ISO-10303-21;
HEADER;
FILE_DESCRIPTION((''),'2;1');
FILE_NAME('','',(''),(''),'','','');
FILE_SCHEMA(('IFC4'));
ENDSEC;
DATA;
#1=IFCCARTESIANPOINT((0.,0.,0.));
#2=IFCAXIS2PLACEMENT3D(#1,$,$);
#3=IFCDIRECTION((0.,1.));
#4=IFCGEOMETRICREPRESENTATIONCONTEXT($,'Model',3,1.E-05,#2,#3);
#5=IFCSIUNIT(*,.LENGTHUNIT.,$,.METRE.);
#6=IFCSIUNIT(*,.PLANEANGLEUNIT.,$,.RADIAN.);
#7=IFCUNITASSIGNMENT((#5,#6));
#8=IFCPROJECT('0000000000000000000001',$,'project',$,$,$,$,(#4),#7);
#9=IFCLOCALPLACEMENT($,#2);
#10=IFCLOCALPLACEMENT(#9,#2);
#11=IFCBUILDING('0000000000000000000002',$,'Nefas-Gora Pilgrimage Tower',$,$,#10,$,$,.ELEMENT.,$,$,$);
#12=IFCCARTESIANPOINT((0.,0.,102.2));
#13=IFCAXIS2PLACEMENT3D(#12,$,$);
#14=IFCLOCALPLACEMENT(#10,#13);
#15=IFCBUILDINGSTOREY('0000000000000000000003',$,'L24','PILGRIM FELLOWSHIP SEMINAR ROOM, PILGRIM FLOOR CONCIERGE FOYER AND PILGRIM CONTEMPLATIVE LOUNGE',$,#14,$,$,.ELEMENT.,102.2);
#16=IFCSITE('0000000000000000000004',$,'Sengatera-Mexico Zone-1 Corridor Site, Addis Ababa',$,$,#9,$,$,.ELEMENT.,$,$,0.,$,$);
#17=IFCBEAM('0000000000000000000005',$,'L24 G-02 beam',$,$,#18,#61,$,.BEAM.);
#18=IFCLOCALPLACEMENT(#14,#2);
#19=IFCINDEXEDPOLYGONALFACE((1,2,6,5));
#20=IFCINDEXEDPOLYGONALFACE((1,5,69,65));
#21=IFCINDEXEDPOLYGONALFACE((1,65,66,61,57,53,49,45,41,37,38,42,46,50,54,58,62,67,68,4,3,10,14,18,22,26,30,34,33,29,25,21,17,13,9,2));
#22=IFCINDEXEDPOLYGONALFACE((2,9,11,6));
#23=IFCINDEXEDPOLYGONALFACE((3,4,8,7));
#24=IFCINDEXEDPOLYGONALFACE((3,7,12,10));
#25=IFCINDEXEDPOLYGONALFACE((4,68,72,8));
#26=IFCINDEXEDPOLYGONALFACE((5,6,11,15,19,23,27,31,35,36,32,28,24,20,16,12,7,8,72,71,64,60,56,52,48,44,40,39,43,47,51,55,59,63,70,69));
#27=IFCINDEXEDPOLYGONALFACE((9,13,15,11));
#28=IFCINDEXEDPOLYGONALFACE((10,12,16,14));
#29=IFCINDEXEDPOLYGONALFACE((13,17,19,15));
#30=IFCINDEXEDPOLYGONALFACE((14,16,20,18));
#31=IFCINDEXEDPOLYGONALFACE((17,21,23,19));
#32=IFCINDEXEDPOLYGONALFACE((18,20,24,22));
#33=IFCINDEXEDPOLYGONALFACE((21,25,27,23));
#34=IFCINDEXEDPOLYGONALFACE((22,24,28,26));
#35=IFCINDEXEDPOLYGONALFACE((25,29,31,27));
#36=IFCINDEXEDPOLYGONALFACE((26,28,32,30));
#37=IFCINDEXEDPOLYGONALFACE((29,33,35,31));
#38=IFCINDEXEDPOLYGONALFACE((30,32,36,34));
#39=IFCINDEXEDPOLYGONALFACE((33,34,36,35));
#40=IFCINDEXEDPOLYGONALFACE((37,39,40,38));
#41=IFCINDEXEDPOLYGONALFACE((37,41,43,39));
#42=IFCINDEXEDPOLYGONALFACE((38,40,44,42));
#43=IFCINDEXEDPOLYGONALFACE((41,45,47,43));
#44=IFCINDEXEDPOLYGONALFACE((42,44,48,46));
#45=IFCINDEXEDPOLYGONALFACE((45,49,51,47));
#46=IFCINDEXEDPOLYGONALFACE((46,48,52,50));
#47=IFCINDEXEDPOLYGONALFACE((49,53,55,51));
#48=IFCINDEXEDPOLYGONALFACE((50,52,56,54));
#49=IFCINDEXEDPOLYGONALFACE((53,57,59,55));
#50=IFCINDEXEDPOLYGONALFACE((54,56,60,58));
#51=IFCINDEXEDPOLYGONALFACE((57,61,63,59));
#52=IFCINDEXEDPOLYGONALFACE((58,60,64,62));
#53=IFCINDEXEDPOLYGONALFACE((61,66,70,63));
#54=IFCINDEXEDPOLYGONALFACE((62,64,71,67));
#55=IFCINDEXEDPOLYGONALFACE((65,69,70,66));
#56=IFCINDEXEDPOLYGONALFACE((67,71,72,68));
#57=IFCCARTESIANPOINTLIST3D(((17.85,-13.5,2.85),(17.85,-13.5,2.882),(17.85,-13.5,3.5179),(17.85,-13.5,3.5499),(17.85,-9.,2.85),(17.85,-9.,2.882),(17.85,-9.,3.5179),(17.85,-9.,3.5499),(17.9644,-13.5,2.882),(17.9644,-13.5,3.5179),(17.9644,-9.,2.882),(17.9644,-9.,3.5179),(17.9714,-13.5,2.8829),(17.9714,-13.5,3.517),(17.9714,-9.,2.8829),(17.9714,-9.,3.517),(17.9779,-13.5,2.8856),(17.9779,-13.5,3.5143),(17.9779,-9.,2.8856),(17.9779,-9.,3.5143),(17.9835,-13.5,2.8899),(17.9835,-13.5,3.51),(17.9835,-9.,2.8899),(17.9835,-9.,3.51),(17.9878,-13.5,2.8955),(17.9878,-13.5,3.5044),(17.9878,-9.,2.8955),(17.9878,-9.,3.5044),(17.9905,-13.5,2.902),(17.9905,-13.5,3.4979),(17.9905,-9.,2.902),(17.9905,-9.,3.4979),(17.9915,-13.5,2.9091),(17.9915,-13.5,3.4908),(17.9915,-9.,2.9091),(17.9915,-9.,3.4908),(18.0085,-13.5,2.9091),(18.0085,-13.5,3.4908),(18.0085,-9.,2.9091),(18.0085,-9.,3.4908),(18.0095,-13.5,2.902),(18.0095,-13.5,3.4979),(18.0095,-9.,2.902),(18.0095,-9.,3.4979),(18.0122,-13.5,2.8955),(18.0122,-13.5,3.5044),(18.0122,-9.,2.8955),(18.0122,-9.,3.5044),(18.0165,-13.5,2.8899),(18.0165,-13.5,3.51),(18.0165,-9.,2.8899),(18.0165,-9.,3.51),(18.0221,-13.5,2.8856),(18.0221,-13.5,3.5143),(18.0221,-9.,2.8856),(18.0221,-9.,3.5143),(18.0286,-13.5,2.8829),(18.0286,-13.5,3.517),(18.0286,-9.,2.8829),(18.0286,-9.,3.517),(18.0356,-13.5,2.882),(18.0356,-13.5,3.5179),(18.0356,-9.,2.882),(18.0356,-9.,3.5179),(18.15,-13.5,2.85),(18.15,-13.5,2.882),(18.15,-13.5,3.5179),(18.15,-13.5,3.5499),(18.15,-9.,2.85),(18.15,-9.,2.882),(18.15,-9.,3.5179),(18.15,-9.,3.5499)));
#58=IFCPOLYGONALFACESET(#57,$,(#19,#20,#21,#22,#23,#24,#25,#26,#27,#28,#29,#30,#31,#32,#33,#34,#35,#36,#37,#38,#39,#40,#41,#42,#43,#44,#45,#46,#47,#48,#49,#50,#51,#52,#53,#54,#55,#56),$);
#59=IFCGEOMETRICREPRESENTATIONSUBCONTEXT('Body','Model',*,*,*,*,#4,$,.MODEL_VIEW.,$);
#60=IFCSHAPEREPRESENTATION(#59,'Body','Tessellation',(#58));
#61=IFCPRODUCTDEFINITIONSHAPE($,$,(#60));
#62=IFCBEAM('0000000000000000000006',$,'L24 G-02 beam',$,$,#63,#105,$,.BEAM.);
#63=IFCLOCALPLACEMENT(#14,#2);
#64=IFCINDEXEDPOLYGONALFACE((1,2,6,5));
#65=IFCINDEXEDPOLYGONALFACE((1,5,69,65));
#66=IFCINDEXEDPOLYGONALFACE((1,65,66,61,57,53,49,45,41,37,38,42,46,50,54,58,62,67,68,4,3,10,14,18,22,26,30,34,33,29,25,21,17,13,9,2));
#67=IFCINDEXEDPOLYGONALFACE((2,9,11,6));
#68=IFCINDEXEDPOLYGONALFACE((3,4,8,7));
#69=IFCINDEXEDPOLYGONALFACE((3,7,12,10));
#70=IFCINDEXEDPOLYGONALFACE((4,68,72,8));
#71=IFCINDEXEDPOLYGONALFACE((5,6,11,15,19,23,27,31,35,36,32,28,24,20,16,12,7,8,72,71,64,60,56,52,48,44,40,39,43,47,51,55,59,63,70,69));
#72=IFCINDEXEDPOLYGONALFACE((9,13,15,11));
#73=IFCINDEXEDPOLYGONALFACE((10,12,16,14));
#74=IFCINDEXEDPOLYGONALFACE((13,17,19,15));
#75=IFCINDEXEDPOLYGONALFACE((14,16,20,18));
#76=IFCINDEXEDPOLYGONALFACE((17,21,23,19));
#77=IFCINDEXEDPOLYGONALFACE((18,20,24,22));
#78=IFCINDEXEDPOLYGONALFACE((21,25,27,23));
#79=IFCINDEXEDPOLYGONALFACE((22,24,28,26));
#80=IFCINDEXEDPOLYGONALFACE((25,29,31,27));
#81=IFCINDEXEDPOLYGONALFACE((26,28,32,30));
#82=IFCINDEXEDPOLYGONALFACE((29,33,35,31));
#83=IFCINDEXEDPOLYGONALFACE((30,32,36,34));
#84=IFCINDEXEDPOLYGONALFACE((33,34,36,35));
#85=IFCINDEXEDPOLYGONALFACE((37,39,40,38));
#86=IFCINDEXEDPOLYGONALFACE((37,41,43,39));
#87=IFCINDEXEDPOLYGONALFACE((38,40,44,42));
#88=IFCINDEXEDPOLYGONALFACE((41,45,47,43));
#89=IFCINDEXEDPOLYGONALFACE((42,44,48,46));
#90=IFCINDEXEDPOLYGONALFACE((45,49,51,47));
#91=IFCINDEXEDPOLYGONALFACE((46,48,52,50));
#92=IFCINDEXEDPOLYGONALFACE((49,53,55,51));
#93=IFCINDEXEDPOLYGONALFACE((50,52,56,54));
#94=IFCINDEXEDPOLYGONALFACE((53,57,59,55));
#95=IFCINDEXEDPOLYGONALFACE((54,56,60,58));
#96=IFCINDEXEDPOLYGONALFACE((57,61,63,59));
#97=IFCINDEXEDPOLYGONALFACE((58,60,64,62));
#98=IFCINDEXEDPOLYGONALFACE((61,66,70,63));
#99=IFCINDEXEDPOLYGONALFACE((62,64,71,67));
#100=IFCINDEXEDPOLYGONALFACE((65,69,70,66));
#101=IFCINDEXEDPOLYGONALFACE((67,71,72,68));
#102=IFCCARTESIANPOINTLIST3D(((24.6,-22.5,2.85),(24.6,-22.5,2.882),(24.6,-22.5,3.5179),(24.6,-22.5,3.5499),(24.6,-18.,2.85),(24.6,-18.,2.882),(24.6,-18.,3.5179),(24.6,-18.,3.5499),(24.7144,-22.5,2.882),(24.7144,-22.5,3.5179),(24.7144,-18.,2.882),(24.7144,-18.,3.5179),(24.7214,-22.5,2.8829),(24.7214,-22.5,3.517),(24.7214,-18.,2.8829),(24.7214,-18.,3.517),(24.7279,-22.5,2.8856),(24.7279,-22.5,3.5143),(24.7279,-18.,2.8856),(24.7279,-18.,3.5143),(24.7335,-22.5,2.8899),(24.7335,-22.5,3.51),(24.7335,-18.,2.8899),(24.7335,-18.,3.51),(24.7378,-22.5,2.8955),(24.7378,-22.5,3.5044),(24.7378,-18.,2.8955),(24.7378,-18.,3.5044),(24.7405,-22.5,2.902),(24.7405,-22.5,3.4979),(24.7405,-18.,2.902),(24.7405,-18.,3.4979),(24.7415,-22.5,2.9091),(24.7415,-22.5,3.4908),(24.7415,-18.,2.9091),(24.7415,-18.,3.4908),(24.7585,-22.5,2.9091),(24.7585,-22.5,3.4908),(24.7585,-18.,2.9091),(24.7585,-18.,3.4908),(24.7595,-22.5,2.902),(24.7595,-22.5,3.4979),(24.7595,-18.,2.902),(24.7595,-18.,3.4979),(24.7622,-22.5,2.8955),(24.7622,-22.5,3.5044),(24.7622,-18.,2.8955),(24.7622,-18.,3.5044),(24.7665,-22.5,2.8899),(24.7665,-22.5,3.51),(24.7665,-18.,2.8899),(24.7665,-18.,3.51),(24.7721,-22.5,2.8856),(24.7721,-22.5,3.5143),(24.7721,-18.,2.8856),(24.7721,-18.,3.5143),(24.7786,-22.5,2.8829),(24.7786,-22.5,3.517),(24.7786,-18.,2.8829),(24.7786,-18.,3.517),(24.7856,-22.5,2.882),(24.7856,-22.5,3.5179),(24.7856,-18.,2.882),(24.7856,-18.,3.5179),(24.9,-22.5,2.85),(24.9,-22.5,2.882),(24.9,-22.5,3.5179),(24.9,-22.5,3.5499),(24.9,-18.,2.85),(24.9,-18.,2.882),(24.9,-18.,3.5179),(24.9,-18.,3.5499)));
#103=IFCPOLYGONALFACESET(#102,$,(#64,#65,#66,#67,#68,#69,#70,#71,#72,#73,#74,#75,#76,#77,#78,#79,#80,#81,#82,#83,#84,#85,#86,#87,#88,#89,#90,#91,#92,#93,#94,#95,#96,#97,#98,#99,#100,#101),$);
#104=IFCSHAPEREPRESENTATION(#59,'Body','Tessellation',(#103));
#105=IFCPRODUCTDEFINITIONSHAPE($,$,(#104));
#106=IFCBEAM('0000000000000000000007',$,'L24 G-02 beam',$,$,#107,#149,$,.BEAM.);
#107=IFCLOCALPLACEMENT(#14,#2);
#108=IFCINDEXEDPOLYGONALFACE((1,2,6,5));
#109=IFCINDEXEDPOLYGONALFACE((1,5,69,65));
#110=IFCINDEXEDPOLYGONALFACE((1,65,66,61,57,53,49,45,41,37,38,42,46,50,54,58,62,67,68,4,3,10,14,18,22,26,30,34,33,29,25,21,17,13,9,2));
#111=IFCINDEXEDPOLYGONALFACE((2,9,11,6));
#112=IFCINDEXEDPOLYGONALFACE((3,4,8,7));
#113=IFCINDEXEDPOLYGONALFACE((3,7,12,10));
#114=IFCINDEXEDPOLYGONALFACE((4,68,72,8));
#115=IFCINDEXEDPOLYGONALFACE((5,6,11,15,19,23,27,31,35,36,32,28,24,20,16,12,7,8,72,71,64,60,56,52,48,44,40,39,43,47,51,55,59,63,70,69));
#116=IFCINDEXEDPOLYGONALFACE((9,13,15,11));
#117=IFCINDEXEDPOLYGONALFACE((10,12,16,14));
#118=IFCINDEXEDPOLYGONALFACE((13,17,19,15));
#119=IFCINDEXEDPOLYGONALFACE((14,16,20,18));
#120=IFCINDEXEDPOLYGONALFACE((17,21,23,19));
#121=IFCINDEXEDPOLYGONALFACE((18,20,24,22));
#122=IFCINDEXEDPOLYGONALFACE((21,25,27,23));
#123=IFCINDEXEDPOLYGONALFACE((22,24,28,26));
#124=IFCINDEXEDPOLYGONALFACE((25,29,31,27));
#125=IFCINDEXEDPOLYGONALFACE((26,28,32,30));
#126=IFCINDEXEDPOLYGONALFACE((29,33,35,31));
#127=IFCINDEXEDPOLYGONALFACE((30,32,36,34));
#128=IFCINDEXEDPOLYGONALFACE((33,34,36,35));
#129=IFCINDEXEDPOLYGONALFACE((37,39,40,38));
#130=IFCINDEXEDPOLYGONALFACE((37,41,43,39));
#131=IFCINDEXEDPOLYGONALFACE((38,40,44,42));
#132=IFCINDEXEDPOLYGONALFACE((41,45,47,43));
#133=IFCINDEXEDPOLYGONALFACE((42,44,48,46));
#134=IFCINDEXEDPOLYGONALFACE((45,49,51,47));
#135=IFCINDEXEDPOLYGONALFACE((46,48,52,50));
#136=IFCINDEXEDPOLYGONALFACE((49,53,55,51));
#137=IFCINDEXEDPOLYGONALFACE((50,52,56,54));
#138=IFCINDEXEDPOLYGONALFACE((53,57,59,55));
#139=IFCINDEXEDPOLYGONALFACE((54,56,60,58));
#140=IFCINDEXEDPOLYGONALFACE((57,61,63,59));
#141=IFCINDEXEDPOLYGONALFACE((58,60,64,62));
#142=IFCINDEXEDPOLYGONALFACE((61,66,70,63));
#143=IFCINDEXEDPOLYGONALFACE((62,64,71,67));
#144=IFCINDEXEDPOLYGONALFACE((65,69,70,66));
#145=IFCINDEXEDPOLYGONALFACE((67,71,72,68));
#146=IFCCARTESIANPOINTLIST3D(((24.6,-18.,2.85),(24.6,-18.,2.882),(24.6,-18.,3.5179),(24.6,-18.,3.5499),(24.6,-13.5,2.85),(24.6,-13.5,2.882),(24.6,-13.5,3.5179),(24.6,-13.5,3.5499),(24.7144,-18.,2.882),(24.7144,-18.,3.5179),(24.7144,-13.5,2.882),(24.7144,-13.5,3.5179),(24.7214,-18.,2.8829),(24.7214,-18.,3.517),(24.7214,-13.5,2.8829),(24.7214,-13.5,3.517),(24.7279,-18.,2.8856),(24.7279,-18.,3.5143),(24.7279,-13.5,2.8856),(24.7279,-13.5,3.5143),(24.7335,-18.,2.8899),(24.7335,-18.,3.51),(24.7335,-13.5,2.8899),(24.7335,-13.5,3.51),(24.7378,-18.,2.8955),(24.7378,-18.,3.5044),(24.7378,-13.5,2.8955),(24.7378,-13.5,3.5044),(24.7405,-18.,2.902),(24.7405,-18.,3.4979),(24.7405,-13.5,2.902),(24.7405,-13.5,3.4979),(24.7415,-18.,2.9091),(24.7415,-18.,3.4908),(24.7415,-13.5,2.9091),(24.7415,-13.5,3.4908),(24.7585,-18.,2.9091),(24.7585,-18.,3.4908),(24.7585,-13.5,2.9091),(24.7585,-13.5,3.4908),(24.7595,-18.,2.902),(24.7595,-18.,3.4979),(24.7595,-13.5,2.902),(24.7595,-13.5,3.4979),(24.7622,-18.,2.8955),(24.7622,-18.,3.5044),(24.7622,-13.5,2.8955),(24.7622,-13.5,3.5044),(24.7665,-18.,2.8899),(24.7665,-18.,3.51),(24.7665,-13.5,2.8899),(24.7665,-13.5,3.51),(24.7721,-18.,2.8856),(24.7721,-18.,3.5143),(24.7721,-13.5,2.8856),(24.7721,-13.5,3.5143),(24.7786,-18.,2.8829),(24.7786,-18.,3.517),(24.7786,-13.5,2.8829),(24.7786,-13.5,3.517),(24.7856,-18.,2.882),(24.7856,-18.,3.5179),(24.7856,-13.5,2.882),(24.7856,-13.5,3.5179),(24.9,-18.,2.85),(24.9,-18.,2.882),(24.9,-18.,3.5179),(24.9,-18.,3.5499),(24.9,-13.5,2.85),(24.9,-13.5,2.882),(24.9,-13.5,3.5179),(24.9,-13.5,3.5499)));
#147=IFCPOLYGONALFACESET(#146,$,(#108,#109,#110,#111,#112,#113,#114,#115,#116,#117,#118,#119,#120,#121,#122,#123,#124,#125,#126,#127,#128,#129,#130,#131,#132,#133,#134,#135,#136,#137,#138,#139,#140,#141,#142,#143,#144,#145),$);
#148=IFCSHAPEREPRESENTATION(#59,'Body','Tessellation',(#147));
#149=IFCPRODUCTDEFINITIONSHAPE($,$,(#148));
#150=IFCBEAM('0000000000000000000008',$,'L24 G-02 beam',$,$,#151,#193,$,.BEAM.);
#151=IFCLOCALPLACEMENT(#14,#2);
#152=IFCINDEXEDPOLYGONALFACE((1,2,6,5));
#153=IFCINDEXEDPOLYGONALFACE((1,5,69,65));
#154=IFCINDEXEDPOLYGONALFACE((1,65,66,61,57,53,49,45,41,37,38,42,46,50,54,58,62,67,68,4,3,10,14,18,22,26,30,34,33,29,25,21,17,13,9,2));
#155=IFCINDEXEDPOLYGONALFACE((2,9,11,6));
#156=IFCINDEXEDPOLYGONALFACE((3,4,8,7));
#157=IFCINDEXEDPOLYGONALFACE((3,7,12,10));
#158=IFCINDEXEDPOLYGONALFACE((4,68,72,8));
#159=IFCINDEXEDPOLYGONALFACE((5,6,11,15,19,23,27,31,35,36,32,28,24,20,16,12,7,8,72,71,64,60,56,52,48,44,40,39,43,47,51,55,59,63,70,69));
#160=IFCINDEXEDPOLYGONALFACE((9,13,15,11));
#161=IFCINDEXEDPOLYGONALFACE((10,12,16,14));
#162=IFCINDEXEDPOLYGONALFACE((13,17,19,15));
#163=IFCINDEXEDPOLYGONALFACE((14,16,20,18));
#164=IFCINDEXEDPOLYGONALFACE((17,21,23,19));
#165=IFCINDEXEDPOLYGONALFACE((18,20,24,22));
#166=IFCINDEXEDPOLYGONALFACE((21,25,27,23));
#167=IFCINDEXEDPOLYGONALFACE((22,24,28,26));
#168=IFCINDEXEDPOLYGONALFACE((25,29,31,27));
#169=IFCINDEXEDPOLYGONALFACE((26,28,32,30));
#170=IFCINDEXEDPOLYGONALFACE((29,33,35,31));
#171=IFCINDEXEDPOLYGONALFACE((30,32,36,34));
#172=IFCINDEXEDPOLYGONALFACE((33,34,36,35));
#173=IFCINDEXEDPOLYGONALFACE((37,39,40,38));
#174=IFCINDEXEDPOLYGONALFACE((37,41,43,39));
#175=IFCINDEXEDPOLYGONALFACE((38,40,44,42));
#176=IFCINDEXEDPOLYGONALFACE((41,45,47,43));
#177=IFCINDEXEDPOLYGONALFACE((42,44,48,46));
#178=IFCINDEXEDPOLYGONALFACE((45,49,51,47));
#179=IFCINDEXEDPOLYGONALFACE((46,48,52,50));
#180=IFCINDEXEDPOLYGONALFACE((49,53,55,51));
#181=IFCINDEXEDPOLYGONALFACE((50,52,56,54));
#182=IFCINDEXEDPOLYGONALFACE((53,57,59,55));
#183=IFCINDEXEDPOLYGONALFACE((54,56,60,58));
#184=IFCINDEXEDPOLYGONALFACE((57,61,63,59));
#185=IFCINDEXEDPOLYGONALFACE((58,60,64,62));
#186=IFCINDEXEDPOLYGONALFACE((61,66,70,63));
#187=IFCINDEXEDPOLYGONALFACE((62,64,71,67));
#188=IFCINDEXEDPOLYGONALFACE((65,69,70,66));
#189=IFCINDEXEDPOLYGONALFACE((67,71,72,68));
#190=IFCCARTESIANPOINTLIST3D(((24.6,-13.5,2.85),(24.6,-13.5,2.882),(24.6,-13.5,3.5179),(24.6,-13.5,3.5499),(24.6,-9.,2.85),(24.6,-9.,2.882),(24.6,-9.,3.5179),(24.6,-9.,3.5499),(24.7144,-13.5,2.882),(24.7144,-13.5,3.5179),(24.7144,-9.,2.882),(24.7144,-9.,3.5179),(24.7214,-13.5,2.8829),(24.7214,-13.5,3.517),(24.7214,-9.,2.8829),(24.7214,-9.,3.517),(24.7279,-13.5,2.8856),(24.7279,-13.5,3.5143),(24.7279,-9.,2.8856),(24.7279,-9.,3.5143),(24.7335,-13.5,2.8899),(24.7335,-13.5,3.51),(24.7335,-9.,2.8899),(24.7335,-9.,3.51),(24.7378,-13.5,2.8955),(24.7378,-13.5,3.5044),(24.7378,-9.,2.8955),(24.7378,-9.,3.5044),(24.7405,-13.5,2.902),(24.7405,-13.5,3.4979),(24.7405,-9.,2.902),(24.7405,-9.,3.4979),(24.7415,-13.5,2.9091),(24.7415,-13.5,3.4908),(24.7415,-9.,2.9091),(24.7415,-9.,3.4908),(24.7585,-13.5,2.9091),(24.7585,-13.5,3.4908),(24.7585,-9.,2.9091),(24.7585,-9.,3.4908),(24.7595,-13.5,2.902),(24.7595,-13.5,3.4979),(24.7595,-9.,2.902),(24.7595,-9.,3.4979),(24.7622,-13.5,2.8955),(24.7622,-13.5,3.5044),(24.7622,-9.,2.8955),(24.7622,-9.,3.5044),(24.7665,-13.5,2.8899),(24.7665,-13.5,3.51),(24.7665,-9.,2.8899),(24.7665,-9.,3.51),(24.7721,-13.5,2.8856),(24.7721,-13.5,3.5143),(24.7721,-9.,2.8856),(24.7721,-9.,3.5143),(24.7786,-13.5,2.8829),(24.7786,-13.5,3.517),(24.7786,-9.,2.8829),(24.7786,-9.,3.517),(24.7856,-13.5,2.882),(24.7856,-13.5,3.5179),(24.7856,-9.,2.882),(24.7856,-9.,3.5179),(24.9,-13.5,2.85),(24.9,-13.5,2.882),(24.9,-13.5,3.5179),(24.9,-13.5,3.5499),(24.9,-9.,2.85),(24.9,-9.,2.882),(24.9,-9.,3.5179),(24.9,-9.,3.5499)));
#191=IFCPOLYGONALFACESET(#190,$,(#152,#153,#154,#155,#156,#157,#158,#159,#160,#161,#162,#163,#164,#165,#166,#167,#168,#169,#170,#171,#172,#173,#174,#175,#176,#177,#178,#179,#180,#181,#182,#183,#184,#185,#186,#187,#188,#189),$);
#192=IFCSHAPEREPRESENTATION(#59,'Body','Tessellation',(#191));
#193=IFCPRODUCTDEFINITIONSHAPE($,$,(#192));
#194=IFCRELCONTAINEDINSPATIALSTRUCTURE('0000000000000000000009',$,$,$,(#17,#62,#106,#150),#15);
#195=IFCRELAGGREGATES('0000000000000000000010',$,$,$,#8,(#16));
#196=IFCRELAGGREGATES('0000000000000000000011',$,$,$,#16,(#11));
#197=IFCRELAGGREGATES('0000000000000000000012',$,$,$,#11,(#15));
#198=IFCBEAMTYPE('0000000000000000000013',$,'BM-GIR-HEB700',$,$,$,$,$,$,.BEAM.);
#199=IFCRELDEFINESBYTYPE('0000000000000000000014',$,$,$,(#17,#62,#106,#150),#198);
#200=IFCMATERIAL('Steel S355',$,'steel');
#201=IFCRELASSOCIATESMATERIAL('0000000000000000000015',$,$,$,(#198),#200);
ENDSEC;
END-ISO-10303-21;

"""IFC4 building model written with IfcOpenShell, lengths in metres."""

from ifc_helpers import new_model, si_unit, direction, frame, origin, origin_2d, place, context, subcontext, project, spatial, i_section, extrude, source, transform, mapped, material, material_profile, profile_set, type_object, element, save


model = new_model("IFC4")

# Units and contexts
model_context = context("Model", 3, precision=1e-05, world=origin(), true_north=direction((0.0, 1.0)))
body_context = subcontext(model_context, "Body", "Model", "MODEL_VIEW")
ifc_project = project(units=[si_unit("LENGTHUNIT", "METRE"), si_unit("PLANEANGLEUNIT", "RADIAN")], contexts=[model_context])

# Site, building, storey
site_placement = place(None, origin())
site = spatial("IfcSite", under=ifc_project, at=site_placement, Name="Sengatera-Mexico Zone-1 Corridor Site, Addis Ababa", CompositionType="ELEMENT", RefElevation=0.0)
building_placement = place(site_placement, origin())
building = spatial("IfcBuilding", under=site, at=building_placement, Name="Nefas-Gora Pilgrimage Tower", CompositionType="ELEMENT")
storey_placement = place(building_placement, frame((0.0, 0.0, 102.2)))
storey = spatial("IfcBuildingStorey", under=building, at=storey_placement, Name="L24", Description="PILGRIM FELLOWSHIP SEMINAR ROOM, PILGRIM FLOOR CONCIERGE FOYER AND PILGRIM CONTEMPLATIVE LOUNGE", CompositionType="ELEMENT", Elevation=102.2)

# Beams
ifc_material_1 = material(Name="Steel S355", Category="steel")
ifc_material_profile_1 = material_profile(ifc_material_1, i_section(OverallWidth=0.3, OverallDepth=0.7, WebThickness=0.0171, FlangeThickness=0.032, FilletRadius=0.0271, at=origin_2d()), Name="HEB 700")
ifc_profile_set_1 = profile_set([ifc_material_profile_1], Name="Steel S355")
beam_type_1 = type_object("IfcBeamType", Name="BM-GIR-HEB700", PredefinedType="BEAM", material=ifc_profile_set_1)
shared_shape_1 = source(origin(), body_context, "Body", "SweptSolid", [
    extrude(i_section(OverallWidth=0.3, OverallDepth=0.7, WebThickness=0.0171, FlangeThickness=0.032, FilletRadius=0.0271, at=origin_2d()), origin(), (0.0, 0.0, 1.0), 4.5),
])
for number, where, z_axis, x_axis, name in (
    (1, (18.0, -13.5, 3.2), (0.0, 1.0, 0.0), (-1.0, 0.0, 0.0), "L24 G-02 beam"),
    (2, (24.75, -22.5, 3.2), (0.0, 1.0, 0.0), (-1.0, 0.0, 0.0), "L24 G-02 beam"),
    (3, (24.75, -18.0, 3.2), (0.0, 1.0, 0.0), (-1.0, 0.0, 0.0), "L24 G-02 beam"),
    (4, (24.75, -13.5, 3.2), (0.0, 1.0, 0.0), (-1.0, 0.0, 0.0), "L24 G-02 beam"),
):
    element("IfcBeam", number, at=place(storey_placement, frame(where, z_axis=z_axis, x_axis=x_axis)), inside=storey, type_object=beam_type_1, Name=name, PredefinedType="BEAM", context=body_context, shape_type="MappedRepresentation", body=[
        mapped(shared_shape_1, transform((0.0, 0.0, 0.0), x_axis=(1.0, 0.0, 0.0), y_axis=(0.0, 1.0, 0.0), z_axis=(0.0, 0.0, 1.0), scale=1.0)),
    ])

save(model, "model.ifc")
